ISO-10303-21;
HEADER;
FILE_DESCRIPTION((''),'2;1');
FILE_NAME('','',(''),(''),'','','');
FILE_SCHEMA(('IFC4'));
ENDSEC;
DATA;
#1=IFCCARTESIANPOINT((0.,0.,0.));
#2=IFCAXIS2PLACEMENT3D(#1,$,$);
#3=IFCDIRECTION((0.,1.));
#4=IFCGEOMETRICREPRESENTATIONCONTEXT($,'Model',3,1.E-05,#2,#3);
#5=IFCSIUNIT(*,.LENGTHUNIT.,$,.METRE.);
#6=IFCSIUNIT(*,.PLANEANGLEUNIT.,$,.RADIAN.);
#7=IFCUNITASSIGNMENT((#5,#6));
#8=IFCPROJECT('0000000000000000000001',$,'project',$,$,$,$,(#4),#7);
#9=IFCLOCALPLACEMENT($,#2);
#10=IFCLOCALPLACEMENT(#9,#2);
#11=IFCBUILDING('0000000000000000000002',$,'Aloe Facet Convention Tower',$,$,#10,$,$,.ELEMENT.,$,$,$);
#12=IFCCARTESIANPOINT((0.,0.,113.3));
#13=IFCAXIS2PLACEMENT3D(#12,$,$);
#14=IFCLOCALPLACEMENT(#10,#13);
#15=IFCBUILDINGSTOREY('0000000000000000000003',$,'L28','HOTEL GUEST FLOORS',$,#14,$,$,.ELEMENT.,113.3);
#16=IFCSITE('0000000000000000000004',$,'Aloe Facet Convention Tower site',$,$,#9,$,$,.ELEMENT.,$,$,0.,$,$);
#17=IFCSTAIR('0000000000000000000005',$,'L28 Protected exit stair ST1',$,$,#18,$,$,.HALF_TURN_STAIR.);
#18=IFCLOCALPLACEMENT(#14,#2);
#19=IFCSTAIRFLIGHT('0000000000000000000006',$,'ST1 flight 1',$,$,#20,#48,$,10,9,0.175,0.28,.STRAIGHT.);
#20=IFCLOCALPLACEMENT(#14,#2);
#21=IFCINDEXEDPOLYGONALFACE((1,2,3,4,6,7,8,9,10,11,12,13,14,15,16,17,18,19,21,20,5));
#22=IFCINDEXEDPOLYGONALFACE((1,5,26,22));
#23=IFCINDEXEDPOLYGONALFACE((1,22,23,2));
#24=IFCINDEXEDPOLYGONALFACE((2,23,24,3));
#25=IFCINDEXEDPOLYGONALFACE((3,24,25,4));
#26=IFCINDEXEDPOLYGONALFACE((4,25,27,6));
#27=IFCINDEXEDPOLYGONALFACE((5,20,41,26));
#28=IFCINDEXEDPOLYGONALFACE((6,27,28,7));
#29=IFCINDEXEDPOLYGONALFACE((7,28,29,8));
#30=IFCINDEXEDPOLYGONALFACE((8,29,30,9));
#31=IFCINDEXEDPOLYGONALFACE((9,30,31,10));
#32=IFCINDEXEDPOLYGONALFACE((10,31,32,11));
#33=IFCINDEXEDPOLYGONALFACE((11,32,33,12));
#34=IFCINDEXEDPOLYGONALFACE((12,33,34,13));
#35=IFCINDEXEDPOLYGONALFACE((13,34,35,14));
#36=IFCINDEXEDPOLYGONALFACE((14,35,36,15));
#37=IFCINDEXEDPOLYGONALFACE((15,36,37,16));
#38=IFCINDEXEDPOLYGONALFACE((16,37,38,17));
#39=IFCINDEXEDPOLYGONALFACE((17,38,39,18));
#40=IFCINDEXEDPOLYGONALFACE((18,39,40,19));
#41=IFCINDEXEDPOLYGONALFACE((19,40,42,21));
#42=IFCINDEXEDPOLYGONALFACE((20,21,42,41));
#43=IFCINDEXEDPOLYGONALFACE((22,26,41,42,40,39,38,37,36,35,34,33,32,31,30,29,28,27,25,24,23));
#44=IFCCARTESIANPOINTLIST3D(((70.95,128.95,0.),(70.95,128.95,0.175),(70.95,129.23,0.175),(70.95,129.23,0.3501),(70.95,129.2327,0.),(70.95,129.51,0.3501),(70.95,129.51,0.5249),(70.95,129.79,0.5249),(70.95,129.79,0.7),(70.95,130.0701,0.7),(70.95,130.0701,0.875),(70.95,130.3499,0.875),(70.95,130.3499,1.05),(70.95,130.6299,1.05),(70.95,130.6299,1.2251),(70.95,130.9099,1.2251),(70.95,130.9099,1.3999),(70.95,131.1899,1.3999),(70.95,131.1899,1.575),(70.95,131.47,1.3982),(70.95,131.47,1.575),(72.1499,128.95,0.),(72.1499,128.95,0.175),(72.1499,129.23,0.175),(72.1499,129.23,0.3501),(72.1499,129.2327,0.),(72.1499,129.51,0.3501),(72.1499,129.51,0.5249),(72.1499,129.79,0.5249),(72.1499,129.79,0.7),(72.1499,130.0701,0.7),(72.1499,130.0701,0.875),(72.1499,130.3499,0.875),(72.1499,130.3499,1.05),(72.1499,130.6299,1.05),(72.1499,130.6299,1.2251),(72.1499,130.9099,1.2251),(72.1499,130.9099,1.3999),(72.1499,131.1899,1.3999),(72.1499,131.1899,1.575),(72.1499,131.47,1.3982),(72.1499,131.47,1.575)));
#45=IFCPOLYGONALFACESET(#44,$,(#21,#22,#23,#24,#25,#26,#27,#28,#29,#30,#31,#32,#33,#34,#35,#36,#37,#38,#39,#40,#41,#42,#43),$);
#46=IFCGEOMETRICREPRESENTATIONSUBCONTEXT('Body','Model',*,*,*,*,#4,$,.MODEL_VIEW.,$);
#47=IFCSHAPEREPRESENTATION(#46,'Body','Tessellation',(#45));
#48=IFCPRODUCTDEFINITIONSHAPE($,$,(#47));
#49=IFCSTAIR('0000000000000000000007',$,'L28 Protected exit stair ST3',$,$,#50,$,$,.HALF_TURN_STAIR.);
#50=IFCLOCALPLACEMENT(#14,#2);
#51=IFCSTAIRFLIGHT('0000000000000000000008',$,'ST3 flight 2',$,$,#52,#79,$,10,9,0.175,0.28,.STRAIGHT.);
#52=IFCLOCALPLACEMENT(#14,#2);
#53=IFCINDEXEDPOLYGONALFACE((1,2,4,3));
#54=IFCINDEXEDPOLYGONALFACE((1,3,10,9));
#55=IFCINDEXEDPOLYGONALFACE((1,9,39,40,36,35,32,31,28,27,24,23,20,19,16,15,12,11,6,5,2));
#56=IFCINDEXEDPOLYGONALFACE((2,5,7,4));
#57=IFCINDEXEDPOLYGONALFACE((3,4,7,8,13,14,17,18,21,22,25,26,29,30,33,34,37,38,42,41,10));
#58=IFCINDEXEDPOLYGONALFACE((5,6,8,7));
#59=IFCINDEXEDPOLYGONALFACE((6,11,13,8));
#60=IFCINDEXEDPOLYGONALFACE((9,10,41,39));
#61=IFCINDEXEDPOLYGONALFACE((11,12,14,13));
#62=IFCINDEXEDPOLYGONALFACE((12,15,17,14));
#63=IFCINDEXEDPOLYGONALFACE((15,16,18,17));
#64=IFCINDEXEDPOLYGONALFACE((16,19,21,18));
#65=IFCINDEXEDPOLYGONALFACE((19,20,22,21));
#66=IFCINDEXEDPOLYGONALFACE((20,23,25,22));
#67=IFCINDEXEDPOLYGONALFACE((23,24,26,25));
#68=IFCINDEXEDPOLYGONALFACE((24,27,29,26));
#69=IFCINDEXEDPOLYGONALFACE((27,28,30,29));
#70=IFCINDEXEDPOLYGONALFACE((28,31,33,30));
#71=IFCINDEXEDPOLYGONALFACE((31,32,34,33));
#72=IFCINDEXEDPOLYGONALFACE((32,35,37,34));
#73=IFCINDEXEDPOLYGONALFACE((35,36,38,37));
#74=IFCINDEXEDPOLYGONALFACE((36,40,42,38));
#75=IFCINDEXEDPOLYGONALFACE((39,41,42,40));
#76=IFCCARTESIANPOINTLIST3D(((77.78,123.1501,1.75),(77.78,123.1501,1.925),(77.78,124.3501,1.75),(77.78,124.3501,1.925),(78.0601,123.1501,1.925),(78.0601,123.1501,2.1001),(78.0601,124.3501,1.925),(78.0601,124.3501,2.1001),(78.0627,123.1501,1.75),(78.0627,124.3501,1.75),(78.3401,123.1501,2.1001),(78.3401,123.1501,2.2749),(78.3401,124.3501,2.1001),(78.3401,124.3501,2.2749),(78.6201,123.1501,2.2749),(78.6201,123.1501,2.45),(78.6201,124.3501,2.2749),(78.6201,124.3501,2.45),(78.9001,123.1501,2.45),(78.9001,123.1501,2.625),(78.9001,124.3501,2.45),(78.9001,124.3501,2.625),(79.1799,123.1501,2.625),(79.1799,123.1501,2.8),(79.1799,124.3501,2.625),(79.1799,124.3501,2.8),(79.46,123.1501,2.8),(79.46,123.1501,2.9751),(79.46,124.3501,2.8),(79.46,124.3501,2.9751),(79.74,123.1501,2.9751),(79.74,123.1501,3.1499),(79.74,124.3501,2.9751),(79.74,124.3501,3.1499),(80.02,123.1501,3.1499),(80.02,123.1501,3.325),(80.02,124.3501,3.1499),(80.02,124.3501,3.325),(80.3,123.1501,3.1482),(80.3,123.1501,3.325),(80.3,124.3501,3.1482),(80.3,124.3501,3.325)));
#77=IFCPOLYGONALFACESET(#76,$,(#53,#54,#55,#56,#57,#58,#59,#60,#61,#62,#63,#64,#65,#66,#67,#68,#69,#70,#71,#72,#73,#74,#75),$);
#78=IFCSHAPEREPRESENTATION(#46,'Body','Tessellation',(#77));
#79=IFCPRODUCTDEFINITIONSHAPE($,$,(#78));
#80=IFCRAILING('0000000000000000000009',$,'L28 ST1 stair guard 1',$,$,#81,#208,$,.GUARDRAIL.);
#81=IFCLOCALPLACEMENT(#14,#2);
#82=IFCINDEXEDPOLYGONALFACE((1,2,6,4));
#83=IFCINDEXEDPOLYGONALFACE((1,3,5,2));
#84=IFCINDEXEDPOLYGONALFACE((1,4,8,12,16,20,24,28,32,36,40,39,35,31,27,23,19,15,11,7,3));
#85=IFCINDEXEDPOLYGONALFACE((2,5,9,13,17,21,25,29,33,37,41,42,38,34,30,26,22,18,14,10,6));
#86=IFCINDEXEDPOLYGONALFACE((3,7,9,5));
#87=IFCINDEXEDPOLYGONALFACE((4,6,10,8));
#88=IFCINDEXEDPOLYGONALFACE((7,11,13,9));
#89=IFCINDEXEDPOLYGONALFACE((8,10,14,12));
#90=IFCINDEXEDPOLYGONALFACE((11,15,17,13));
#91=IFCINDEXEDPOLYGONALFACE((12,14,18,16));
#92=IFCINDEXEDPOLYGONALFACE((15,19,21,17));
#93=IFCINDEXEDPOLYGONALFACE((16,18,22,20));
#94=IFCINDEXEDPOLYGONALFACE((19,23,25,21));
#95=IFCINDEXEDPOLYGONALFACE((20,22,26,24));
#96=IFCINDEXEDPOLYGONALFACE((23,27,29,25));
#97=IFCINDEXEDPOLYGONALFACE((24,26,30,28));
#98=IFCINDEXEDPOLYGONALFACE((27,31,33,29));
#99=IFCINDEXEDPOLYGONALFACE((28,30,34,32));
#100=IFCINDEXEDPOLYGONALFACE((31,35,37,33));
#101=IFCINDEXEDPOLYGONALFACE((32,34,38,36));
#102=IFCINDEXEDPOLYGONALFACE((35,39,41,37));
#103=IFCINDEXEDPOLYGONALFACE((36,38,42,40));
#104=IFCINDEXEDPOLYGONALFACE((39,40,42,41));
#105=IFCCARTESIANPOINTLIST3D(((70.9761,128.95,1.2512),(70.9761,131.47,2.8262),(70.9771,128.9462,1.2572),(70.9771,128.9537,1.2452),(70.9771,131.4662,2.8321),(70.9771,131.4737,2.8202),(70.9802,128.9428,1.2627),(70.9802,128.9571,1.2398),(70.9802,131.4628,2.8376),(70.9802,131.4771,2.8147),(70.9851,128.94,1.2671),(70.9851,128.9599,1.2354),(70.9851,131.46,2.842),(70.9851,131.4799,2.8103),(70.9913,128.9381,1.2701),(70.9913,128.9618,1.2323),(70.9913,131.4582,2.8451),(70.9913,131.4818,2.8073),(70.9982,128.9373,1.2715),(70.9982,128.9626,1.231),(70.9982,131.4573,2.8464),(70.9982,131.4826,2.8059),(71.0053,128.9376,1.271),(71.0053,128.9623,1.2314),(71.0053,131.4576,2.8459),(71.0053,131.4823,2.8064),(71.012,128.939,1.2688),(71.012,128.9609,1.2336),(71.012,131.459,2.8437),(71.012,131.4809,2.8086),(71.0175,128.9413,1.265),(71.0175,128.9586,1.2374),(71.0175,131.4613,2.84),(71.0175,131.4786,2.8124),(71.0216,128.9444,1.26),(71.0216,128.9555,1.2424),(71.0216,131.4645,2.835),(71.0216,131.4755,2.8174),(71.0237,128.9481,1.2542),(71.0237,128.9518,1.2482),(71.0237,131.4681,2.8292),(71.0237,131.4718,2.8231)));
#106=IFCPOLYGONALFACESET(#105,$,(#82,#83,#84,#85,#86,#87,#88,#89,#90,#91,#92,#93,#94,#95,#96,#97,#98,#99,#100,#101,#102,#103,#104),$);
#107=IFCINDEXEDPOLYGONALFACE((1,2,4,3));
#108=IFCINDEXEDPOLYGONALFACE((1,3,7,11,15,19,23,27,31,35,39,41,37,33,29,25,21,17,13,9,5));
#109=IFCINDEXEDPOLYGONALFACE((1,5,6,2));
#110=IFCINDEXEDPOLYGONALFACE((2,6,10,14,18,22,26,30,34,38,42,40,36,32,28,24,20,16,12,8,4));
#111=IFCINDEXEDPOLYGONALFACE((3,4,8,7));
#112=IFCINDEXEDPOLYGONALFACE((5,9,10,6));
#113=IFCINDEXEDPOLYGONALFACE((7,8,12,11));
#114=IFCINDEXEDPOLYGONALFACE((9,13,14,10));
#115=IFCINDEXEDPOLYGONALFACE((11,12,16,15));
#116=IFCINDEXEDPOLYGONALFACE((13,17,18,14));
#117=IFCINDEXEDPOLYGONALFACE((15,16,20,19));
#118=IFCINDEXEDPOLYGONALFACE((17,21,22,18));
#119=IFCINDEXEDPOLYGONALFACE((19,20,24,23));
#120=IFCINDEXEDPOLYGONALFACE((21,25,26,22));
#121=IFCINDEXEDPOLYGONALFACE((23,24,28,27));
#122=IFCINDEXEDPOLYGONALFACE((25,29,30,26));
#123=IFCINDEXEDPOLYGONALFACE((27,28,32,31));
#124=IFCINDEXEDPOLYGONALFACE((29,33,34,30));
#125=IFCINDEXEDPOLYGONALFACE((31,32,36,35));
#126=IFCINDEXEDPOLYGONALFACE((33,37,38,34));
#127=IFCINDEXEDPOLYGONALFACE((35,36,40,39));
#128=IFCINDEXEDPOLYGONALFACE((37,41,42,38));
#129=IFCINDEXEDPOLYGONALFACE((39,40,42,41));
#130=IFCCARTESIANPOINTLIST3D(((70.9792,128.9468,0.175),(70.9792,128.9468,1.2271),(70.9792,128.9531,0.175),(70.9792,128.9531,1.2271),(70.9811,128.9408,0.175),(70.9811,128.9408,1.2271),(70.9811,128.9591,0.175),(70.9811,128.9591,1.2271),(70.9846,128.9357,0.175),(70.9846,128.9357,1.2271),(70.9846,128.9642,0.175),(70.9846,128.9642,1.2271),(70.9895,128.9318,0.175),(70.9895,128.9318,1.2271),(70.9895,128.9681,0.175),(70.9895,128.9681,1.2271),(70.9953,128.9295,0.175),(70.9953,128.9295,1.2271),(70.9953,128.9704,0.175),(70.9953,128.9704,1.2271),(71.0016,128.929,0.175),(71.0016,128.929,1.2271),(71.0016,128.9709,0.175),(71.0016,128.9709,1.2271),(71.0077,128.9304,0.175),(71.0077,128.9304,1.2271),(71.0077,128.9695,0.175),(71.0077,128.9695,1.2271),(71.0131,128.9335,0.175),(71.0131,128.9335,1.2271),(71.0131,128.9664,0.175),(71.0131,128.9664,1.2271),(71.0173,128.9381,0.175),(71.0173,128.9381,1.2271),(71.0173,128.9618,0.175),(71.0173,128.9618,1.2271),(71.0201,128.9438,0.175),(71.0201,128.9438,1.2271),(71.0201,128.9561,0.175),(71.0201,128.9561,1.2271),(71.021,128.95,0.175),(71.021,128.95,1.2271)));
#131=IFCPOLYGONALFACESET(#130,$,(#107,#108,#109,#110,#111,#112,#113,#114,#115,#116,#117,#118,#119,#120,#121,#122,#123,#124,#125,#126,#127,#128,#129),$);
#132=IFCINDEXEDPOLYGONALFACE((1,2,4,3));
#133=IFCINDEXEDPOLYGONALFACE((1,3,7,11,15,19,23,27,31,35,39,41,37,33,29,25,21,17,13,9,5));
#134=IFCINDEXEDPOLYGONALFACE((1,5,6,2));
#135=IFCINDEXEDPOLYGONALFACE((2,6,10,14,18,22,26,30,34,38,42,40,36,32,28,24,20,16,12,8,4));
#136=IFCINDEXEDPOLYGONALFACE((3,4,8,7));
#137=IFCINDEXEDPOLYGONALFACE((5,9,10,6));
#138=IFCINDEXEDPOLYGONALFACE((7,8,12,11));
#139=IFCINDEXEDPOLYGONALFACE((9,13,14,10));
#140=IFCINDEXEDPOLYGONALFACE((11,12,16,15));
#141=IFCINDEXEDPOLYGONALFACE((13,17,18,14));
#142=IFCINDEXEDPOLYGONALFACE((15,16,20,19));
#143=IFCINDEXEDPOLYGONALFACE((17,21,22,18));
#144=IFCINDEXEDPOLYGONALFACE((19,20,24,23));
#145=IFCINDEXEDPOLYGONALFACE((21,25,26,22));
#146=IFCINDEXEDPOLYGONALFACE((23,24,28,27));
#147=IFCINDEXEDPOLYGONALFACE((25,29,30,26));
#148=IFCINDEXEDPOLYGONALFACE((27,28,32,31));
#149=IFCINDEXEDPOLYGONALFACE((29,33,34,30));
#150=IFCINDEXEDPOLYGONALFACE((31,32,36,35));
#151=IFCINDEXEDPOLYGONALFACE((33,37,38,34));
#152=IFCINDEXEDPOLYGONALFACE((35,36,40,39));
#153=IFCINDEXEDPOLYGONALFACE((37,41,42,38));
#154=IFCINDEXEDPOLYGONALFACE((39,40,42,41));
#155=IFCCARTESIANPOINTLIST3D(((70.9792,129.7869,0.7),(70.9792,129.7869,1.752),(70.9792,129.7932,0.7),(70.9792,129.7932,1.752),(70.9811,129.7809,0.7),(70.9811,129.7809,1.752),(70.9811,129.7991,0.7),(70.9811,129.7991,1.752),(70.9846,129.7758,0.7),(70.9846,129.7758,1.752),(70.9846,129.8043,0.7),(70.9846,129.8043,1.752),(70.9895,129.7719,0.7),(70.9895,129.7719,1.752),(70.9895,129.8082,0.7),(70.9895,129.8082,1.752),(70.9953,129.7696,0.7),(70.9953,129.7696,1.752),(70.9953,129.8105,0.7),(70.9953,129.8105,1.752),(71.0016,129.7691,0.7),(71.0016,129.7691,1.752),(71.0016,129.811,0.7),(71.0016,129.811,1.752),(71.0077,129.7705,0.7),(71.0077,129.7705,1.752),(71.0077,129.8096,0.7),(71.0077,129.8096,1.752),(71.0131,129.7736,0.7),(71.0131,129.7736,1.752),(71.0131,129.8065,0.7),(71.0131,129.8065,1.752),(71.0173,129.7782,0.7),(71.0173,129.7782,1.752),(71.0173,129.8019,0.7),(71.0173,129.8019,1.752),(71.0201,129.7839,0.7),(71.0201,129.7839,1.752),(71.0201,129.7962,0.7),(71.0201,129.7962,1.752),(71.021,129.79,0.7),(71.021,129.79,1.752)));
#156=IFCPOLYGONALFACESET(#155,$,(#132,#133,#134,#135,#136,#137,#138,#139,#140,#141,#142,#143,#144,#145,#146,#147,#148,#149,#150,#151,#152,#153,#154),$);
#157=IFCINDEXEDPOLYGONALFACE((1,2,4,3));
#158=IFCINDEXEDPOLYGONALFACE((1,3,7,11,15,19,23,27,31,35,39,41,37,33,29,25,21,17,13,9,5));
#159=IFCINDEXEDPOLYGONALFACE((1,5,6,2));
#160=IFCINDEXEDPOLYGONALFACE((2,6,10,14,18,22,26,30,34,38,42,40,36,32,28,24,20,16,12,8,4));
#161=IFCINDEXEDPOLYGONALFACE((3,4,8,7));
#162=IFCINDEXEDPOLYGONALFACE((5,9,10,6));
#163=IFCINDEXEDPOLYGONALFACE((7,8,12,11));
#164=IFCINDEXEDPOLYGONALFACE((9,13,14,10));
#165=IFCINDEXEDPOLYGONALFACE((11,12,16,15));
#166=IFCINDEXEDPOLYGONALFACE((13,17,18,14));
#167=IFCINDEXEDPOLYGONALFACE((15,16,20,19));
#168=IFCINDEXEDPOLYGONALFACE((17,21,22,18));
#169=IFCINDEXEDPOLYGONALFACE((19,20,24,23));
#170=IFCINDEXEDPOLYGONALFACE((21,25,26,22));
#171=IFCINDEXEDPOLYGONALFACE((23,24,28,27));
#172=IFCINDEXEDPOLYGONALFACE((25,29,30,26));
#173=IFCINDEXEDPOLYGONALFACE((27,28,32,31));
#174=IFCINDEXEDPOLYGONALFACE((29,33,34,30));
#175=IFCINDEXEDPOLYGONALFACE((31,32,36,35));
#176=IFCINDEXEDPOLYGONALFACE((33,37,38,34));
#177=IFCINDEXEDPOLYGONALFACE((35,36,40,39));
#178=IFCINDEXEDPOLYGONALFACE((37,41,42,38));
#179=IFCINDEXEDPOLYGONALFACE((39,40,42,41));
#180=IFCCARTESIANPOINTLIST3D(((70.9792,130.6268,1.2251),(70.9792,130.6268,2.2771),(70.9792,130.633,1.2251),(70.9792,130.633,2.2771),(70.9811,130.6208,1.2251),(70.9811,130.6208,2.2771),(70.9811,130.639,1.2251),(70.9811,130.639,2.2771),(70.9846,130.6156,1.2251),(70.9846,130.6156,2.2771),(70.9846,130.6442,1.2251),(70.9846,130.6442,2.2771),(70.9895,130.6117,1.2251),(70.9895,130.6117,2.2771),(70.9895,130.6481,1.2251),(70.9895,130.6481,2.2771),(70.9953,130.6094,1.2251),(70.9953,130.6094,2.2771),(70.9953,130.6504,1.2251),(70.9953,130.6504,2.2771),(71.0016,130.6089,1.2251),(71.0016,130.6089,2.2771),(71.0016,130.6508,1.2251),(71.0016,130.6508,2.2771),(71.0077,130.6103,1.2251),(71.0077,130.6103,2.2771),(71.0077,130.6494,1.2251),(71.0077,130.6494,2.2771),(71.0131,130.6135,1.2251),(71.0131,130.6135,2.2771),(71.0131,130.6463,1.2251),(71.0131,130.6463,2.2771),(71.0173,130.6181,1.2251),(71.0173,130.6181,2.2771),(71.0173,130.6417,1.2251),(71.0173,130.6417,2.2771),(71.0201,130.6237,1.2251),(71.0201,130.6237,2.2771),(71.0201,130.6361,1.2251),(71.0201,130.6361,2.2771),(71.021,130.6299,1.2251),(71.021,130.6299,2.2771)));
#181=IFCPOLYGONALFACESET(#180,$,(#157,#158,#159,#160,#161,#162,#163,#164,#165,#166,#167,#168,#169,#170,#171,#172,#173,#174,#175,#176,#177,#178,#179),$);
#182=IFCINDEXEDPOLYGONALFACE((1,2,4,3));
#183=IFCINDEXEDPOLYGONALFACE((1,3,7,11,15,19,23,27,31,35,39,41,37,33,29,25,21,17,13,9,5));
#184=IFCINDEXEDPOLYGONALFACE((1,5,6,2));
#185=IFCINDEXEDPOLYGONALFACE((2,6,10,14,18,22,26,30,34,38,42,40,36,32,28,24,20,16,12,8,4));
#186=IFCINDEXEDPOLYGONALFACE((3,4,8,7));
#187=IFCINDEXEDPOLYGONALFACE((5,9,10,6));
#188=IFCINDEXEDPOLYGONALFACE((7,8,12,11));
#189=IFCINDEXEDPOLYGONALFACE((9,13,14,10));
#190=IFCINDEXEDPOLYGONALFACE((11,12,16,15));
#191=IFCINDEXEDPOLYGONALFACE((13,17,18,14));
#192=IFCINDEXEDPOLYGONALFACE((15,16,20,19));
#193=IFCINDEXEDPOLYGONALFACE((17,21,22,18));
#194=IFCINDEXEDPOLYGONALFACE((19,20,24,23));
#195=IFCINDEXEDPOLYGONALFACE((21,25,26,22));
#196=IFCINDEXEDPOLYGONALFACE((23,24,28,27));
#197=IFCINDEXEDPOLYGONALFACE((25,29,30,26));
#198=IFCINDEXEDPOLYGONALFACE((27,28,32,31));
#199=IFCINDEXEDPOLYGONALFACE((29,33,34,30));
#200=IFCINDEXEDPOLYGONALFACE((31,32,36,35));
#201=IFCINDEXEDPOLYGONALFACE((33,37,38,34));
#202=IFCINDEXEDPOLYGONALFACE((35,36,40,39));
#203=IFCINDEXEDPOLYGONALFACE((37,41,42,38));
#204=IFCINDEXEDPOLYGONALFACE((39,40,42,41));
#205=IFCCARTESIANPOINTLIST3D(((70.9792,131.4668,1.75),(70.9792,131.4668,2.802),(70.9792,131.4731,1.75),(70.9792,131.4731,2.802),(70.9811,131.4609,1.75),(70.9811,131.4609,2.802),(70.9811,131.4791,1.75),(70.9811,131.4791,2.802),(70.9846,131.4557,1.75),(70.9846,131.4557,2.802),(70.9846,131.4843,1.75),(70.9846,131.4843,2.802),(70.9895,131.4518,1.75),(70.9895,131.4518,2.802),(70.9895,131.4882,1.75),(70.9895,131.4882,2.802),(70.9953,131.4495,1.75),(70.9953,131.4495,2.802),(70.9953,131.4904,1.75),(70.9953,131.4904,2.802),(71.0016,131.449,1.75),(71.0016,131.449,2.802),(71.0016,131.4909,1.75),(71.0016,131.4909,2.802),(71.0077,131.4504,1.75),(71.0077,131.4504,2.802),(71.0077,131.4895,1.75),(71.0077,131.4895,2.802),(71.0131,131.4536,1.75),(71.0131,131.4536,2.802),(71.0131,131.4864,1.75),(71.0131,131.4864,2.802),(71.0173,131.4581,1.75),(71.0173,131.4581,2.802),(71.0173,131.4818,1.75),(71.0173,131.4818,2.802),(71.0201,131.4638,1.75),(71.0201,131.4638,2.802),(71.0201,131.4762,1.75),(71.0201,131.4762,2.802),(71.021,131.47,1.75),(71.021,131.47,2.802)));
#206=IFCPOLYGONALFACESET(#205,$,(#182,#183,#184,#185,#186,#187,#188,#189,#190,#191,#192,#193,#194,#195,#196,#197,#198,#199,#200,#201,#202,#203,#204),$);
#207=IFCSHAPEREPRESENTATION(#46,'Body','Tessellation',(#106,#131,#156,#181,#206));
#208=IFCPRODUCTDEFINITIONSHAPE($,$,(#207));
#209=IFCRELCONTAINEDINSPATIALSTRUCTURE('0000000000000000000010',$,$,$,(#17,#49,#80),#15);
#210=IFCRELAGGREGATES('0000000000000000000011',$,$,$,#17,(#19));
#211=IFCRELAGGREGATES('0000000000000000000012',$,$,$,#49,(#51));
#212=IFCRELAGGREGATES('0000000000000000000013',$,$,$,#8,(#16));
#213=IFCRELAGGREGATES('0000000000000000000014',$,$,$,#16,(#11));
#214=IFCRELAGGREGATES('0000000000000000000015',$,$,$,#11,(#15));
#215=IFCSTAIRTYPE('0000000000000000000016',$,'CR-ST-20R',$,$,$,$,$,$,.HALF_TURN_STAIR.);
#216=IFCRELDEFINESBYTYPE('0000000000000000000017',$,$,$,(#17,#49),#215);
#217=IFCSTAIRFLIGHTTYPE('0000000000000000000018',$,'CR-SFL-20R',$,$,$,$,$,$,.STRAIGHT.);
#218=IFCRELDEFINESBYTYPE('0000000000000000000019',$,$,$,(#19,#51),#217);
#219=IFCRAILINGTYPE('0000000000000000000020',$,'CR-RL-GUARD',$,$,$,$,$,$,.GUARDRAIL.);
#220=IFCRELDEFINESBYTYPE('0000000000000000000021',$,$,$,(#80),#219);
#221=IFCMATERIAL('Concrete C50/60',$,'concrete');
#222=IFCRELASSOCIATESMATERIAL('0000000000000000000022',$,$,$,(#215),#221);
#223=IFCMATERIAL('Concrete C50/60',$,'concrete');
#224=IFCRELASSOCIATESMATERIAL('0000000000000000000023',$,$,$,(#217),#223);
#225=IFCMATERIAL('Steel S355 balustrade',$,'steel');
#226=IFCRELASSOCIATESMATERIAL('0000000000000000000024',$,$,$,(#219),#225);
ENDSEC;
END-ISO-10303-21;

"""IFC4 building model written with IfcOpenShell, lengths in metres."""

from ifc_helpers import new_model, si_unit, direction, frame, origin, origin_2d, place, context, subcontext, project, spatial, polyline, circle, outline, extrude, material, type_object, element, aggregate, save


model = new_model("IFC4")

# Units and contexts
model_context = context("Model", 3, precision=1e-05, world=origin(), true_north=direction((0.0, 1.0)))
body_context = subcontext(model_context, "Body", "Model", "MODEL_VIEW")
ifc_project = project(units=[si_unit("LENGTHUNIT", "METRE"), si_unit("PLANEANGLEUNIT", "RADIAN")], contexts=[model_context])

# Site, building, storey
site_placement = place(None, origin())
site = spatial("IfcSite", under=ifc_project, at=site_placement, Name="Aloe Facet Convention Tower site", CompositionType="ELEMENT", RefElevation=0.0)
building_placement = place(site_placement, origin())
building = spatial("IfcBuilding", under=site, at=building_placement, Name="Aloe Facet Convention Tower", CompositionType="ELEMENT")
storey_placement = place(building_placement, frame((0.0, 0.0, 113.3)))
storey = spatial("IfcBuildingStorey", under=building, at=storey_placement, Name="L28", Description="HOTEL GUEST FLOORS", CompositionType="ELEMENT", Elevation=113.3)

# Stairs, stair flights
ifc_material_1 = material(Name="Concrete C50/60", Category="concrete")
stair_type = type_object("IfcStairType", Name="CR-ST-20R", PredefinedType="HALF_TURN_STAIR", material=ifc_material_1)
stair_1_placement = place(storey_placement, origin())
stair_1 = element("IfcStair", 1, at=stair_1_placement, inside=storey, type_object=stair_type, Name="L28 Protected exit stair ST1", PredefinedType="HALF_TURN_STAIR")
ifc_material_2 = material(Name="Concrete C50/60", Category="concrete")
stair_flight_type = type_object("IfcStairFlightType", Name="CR-SFL-20R", PredefinedType="STRAIGHT", material=ifc_material_2)
stair_flight_1_placement = place(storey_placement, frame((71.55, 128.95, 0.0), z_axis=(0.0, 0.0, 1.0), x_axis=(0.0, 1.0, 0.0)))
stair_flight_1 = element("IfcStairFlight", 2, at=stair_flight_1_placement, type_object=stair_flight_type, Name="ST1 flight 1", NumberOfRisers=10, NumberOfTreads=9, PredefinedType="STRAIGHT", RiserHeight=0.175, TreadLength=0.28, context=body_context, shape_type="SweptSolid", body=[
    extrude(outline(polyline([(0.0, 0.0), (0.0, 0.175), (0.28, 0.175), (0.28, 0.3501), (0.5601, 0.3501), (0.5601, 0.5249), (0.8401, 0.5249), (0.8401, 0.7), (1.1201, 0.7), (1.1201, 0.875), (1.3999, 0.875), (1.3999, 1.05), (1.6799, 1.05), (1.6799, 1.2251), (1.96, 1.2251), (1.96, 1.3999), (2.24, 1.3999), (2.24, 1.575), (2.52, 1.575), (2.52, 1.75), (2.52, 1.3982), (0.2827, 0.0), (0.0, 0.0)])), frame((0.0, 0.6001, 0.0), z_axis=(0.0, -1.0, 0.0), x_axis=(1.0, 0.0, 0.0)), (0.0, 0.0, 1.0), 1.2),
])
aggregate(stair_1, [stair_flight_1])
stair_2_placement = place(storey_placement, origin())
stair_2 = element("IfcStair", 3, at=stair_2_placement, inside=storey, type_object=stair_type, Name="L28 Protected exit stair ST3", PredefinedType="HALF_TURN_STAIR")
stair_flight_2_placement = place(storey_placement, frame((77.78, 123.75, 1.75), z_axis=(0.0, 0.0, 1.0), x_axis=(1.0, 0.0, 0.0)))
stair_flight_2 = element("IfcStairFlight", 4, at=stair_flight_2_placement, type_object=stair_flight_type, Name="ST3 flight 2", NumberOfRisers=10, NumberOfTreads=9, PredefinedType="STRAIGHT", RiserHeight=0.175, TreadLength=0.28, context=body_context, shape_type="SweptSolid", body=[
    extrude(outline(polyline([(0.0, 0.0), (0.0, 0.175), (0.28, 0.175), (0.28, 0.3501), (0.5601, 0.3501), (0.5601, 0.5249), (0.8401, 0.5249), (0.8401, 0.7), (1.1201, 0.7), (1.1201, 0.875), (1.3999, 0.875), (1.3999, 1.05), (1.6799, 1.05), (1.6799, 1.2251), (1.96, 1.2251), (1.96, 1.3999), (2.24, 1.3999), (2.24, 1.575), (2.52, 1.575), (2.52, 1.75), (2.52, 1.3982), (0.2827, 0.0), (0.0, 0.0)])), frame((0.0, 0.6001, 0.0), z_axis=(0.0, -1.0, 0.0), x_axis=(1.0, 0.0, 0.0)), (0.0, 0.0, 1.0), 1.2),
])
aggregate(stair_2, [stair_flight_2])

# Railing
ifc_material_3 = material(Name="Steel S355 balustrade", Category="steel")
railing_type_1 = type_object("IfcRailingType", Name="CR-RL-GUARD", PredefinedType="GUARDRAIL", material=ifc_material_3)
railing_1_placement = place(storey_placement, frame((71.0, 128.95, 0.175)))
element("IfcRailing", 5, at=railing_1_placement, inside=storey, type_object=railing_type_1, Name="L28 ST1 stair guard 1", PredefinedType="GUARDRAIL", context=body_context, shape_type="SweptSolid", body=[
    extrude(circle(Radius=0.0239, at=origin_2d()), frame((0.0, 0.0, 1.0762), z_axis=(0.0, 0.848008, 0.529984), x_axis=(-1.0, 0.0, 0.0)), (0.0, 0.0, 1.0), 2.9717),
    extrude(circle(Radius=0.021, at=origin_2d()), origin(), (0.0, 0.0, 1.0), 1.052),
    extrude(circle(Radius=0.021, at=origin_2d()), frame((0.0, 0.8401, 0.5249)), (0.0, 0.0, 1.0), 1.052),
    extrude(circle(Radius=0.021, at=origin_2d()), frame((0.0, 1.6799, 1.05)), (0.0, 0.0, 1.0), 1.052),
    extrude(circle(Radius=0.021, at=origin_2d()), frame((0.0, 2.52, 1.575)), (0.0, 0.0, 1.0), 1.052),
])

save(model, "model.ifc")
